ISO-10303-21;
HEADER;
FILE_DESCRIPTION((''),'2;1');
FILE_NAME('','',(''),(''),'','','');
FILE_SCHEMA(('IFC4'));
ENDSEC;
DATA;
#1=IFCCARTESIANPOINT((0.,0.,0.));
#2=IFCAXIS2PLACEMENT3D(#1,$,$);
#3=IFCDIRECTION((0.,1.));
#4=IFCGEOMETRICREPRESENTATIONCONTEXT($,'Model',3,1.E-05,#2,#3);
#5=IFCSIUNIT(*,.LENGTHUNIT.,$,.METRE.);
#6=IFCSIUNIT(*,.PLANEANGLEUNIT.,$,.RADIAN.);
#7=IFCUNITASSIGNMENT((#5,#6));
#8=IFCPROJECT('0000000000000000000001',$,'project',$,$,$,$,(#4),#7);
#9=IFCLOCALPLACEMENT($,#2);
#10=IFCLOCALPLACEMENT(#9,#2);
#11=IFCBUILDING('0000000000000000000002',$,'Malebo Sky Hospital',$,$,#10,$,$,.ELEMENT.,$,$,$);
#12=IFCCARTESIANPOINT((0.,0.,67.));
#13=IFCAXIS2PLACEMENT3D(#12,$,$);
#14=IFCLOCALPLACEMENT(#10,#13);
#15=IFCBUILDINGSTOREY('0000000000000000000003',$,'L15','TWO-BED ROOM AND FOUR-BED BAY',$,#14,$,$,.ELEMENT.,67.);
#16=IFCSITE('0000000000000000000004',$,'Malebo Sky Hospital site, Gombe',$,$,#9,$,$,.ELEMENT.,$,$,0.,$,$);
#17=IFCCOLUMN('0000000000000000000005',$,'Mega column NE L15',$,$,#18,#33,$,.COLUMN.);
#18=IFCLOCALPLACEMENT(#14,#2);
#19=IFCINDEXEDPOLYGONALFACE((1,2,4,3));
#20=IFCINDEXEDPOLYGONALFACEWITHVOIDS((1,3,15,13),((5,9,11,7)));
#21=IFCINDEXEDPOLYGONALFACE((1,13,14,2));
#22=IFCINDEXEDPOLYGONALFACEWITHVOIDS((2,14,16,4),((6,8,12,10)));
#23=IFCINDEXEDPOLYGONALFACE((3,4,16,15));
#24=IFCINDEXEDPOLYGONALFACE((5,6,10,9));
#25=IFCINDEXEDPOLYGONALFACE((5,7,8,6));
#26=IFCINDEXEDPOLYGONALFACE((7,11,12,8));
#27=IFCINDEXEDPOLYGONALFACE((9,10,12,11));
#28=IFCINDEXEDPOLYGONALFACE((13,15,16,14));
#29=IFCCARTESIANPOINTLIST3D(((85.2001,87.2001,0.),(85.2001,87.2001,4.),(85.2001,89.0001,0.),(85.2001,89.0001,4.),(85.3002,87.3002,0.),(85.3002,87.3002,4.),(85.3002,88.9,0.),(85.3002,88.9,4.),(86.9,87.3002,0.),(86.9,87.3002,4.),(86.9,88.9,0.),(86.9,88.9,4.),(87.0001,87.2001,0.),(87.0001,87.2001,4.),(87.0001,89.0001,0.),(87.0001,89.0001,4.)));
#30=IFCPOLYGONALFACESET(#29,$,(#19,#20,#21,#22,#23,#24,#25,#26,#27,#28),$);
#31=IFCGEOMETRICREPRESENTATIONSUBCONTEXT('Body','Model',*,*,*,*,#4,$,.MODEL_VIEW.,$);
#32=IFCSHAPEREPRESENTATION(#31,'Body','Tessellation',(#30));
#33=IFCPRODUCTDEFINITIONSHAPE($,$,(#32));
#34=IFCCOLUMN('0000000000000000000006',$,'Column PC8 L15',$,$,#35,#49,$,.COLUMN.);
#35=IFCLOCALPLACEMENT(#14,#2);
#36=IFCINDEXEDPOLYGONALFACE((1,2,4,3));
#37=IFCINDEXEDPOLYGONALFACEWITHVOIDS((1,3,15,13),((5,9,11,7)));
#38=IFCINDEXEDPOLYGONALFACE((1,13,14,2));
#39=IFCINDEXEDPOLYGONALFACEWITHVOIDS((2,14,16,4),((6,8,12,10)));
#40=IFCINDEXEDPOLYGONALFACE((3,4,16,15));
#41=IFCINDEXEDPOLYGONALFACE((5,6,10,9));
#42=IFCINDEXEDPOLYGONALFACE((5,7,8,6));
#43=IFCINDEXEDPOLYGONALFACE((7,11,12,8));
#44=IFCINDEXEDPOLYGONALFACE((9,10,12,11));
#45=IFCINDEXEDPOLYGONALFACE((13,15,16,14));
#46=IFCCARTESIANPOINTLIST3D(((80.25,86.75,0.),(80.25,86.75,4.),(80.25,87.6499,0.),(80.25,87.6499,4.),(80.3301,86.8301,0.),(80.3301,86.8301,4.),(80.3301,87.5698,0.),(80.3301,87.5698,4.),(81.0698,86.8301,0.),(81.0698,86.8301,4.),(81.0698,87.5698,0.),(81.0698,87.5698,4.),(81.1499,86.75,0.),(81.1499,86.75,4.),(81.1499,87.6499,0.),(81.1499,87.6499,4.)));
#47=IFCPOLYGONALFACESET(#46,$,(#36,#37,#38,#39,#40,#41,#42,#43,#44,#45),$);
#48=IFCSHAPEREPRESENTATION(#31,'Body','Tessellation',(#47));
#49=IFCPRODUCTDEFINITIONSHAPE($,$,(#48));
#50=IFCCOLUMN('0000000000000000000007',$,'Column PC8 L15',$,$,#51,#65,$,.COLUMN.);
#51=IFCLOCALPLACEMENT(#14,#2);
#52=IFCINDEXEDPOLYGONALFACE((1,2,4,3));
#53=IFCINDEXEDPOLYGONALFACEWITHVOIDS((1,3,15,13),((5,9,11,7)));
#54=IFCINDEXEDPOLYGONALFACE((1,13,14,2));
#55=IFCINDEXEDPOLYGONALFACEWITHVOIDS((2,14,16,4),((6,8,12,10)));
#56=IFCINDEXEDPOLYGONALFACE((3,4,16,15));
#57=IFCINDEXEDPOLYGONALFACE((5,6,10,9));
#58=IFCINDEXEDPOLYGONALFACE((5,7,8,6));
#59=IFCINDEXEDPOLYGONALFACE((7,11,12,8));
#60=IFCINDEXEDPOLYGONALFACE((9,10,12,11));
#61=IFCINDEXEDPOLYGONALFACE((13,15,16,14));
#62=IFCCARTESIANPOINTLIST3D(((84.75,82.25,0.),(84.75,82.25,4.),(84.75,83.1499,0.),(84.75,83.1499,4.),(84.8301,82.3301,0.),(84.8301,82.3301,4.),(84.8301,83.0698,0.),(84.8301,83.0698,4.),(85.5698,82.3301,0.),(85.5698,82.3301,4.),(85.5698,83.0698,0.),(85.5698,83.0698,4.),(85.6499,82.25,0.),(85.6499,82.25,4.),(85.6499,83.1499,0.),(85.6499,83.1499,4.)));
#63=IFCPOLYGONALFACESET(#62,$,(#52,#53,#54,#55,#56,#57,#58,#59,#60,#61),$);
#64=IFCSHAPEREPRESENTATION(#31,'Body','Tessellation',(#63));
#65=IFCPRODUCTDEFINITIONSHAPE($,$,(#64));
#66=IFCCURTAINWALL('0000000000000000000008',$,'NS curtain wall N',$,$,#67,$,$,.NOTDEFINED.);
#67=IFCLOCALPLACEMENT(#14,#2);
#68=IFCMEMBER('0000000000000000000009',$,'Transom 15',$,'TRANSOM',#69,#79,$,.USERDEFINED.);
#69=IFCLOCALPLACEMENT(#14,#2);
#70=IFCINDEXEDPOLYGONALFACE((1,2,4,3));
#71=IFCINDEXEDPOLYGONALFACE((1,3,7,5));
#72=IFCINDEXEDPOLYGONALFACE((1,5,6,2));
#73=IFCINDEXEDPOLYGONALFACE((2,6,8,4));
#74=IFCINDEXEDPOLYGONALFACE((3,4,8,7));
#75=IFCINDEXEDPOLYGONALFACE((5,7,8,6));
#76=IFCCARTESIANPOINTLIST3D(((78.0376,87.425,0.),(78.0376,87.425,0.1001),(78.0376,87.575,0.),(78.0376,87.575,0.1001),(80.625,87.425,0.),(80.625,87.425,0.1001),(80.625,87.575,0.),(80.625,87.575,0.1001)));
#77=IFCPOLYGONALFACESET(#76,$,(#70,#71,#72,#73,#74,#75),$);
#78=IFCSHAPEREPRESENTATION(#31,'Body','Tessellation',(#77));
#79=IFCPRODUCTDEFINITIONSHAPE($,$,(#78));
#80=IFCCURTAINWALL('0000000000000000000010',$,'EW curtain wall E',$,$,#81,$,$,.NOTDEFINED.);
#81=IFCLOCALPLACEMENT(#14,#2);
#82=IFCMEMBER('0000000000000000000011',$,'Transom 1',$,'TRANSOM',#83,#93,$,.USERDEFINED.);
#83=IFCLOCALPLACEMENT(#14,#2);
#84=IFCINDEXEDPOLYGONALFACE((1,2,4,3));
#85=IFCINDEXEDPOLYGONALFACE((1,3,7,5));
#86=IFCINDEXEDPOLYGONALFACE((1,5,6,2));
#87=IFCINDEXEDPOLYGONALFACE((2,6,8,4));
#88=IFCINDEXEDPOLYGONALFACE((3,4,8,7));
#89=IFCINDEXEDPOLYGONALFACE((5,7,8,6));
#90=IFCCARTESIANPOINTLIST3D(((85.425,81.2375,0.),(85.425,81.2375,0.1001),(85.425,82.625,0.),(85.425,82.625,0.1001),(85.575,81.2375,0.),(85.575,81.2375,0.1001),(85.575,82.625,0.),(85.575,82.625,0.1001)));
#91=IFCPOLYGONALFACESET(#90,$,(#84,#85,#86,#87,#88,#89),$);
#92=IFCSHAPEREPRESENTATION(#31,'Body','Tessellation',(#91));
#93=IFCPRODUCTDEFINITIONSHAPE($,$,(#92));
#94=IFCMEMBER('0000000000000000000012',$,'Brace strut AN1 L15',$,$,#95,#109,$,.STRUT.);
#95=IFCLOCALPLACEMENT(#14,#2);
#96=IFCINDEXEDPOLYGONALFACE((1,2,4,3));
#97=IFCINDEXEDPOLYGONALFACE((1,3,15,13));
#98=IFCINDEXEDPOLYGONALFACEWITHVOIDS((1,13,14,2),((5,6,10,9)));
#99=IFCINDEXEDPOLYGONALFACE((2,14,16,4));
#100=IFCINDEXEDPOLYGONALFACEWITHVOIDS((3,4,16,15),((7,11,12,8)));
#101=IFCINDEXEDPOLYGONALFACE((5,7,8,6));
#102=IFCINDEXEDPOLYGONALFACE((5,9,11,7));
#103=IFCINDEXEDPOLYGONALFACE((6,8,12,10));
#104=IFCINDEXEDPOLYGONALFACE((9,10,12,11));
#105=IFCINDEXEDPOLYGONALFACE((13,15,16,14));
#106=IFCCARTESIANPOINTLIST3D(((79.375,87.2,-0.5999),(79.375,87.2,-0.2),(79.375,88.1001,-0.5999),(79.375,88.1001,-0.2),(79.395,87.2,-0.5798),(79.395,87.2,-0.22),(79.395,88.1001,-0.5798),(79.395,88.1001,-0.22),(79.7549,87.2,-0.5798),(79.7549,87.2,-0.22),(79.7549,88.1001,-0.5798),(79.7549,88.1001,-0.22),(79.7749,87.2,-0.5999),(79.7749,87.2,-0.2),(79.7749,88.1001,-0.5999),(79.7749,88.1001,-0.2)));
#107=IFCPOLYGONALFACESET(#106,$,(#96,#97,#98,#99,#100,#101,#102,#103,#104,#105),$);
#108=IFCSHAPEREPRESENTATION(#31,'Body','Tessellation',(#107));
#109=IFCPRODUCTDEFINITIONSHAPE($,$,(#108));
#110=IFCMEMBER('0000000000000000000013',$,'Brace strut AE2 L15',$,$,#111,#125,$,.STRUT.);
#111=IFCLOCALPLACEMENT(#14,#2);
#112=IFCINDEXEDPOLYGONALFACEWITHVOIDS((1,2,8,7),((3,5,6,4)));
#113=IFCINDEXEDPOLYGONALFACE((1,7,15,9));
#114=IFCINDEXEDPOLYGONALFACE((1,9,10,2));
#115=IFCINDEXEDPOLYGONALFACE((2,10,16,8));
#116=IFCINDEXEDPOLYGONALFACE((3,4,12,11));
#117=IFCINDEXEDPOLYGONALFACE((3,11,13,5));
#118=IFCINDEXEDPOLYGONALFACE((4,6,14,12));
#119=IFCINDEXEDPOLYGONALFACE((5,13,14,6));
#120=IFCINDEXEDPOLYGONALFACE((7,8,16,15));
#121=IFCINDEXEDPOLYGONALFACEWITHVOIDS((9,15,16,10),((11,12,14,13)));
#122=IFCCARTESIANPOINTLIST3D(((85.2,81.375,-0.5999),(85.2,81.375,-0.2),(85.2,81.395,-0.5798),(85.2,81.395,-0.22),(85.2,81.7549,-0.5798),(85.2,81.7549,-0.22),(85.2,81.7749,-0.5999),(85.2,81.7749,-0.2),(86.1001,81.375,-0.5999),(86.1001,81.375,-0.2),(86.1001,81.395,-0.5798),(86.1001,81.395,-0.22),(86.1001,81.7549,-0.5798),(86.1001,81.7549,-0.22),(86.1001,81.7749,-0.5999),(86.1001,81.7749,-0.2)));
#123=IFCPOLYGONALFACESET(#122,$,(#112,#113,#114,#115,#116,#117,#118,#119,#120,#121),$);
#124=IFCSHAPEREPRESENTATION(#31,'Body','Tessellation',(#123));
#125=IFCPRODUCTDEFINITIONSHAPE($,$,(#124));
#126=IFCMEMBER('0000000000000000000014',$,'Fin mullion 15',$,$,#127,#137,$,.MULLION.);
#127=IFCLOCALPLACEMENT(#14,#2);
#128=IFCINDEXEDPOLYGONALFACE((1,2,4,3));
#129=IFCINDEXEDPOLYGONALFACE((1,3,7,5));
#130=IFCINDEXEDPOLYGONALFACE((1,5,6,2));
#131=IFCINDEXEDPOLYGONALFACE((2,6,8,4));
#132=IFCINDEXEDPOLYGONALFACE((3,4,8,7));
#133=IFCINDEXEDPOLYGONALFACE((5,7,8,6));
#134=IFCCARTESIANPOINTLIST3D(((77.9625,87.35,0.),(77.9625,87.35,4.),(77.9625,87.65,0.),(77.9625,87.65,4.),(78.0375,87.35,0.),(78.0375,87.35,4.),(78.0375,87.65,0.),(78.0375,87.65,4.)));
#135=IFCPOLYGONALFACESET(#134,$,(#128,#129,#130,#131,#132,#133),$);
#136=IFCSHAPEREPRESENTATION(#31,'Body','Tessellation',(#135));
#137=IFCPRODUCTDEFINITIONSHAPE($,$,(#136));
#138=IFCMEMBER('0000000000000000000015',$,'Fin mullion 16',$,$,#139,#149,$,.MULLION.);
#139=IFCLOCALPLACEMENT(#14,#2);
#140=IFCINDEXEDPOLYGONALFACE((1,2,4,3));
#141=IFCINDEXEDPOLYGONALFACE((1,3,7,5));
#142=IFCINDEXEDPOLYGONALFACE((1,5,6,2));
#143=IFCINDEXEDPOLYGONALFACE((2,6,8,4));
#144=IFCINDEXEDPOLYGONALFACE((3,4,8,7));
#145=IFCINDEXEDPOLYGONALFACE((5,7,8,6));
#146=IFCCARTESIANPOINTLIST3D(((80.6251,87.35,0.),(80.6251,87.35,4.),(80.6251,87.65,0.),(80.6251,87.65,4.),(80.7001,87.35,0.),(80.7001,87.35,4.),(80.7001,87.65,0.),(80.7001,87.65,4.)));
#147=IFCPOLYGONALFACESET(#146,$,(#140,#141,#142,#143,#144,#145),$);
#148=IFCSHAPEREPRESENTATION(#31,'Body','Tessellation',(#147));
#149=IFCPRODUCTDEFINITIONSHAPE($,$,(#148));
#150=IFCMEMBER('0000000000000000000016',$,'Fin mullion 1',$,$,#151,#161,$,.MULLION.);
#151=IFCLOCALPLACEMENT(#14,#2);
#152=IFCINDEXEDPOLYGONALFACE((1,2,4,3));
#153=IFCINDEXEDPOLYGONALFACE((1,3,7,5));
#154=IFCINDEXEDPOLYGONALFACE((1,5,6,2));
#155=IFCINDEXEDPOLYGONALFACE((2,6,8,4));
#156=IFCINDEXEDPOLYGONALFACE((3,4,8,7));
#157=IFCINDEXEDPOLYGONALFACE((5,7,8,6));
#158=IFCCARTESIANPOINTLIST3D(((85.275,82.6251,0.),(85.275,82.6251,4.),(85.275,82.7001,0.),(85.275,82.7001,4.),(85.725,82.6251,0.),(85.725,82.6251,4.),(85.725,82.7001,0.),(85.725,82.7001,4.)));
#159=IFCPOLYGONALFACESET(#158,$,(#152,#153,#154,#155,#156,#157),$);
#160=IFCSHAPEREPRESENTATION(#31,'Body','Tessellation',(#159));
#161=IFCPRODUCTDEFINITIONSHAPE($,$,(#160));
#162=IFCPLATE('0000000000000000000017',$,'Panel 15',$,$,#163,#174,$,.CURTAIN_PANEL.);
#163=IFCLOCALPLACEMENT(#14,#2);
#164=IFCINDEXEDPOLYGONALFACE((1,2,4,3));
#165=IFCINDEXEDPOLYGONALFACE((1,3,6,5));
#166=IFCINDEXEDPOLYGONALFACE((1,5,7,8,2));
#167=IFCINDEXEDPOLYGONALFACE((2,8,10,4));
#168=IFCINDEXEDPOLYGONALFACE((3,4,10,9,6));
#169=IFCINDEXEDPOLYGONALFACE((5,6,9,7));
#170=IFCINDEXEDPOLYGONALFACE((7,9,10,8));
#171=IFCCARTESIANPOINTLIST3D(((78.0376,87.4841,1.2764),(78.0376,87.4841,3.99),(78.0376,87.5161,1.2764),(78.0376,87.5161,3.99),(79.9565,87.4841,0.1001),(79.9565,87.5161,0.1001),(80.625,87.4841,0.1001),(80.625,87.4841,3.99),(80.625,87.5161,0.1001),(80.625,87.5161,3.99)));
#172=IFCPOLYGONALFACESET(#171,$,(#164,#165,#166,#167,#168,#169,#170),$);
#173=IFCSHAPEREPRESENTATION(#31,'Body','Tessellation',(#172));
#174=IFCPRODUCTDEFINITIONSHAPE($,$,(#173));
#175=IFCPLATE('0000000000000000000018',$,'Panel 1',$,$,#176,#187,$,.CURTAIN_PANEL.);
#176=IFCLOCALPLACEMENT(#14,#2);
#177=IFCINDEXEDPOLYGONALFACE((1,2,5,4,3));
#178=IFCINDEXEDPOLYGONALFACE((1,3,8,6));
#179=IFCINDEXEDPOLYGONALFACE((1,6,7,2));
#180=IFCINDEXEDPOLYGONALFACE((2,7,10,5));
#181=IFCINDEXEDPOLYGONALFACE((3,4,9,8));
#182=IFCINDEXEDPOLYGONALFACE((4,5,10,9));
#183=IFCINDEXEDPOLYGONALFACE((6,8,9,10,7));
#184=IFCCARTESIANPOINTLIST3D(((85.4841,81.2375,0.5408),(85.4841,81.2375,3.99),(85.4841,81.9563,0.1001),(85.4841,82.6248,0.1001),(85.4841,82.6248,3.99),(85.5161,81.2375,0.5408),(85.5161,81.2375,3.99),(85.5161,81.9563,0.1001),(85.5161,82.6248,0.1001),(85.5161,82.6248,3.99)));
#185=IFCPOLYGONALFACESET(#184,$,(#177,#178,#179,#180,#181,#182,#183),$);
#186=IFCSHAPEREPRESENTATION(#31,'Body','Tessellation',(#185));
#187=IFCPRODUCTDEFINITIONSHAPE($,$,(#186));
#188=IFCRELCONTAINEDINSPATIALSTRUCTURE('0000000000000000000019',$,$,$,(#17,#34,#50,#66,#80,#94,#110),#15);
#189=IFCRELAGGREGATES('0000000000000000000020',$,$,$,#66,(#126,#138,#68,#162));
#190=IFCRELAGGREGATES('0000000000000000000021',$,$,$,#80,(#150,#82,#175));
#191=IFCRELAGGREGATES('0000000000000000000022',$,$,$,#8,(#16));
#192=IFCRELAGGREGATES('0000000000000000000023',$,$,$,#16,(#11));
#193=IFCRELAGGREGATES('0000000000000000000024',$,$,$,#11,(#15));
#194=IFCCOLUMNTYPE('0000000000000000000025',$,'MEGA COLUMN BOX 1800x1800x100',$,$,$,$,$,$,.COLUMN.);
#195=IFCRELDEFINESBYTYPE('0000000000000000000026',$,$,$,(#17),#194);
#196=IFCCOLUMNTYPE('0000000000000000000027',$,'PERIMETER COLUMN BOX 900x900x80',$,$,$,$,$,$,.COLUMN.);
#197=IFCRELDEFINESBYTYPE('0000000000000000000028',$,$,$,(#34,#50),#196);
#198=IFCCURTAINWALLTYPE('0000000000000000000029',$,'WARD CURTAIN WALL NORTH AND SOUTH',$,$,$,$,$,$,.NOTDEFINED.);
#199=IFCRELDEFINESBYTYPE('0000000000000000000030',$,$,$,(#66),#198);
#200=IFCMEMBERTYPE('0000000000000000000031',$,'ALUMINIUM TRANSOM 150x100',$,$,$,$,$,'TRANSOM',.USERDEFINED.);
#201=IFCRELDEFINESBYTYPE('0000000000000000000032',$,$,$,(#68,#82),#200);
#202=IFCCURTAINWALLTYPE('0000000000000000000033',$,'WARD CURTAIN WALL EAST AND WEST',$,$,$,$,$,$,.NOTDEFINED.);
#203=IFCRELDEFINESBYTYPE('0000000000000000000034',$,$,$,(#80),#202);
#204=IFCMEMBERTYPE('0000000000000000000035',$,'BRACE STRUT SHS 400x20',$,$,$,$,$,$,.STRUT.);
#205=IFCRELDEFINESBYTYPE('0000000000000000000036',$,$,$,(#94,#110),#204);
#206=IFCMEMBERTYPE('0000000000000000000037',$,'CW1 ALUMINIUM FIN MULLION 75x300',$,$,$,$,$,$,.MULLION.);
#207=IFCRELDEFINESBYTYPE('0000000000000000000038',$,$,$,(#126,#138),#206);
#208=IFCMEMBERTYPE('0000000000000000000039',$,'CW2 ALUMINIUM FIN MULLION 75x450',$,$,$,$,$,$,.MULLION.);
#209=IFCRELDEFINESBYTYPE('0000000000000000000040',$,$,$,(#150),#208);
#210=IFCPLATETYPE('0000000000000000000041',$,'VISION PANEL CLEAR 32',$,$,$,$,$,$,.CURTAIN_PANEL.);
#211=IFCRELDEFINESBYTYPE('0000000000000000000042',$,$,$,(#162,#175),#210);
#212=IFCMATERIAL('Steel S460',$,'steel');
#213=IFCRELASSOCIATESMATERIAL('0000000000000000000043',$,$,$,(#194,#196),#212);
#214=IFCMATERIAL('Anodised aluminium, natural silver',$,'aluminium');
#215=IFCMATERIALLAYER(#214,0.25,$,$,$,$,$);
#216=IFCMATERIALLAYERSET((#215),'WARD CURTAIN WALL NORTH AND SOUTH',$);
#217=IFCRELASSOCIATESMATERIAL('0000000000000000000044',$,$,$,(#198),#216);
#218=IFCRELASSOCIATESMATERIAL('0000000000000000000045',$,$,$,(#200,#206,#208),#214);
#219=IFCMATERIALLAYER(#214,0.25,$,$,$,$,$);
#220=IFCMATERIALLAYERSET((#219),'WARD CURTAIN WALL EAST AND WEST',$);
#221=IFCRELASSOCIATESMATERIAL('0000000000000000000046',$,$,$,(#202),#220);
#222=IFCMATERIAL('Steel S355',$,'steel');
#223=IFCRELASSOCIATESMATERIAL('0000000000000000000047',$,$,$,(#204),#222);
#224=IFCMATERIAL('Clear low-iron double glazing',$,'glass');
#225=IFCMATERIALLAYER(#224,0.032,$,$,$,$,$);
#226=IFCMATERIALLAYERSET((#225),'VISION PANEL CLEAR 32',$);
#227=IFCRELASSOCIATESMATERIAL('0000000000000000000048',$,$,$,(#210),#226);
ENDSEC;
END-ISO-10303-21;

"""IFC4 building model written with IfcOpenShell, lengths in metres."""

from ifc_helpers import new_model, si_unit, direction, frame, origin, origin_2d, place, context, subcontext, project, spatial, polyline, rectangle, hollow_rectangle, outline, extrude, material, layer, layer_set, material_profile, profile_set, type_object, element, aggregate, save


model = new_model("IFC4")

# Units and contexts
model_context = context("Model", 3, precision=1e-05, world=origin(), true_north=direction((0.0, 1.0)))
body_context = subcontext(model_context, "Body", "Model", "MODEL_VIEW")
ifc_project = project(units=[si_unit("LENGTHUNIT", "METRE"), si_unit("PLANEANGLEUNIT", "RADIAN")], contexts=[model_context])

# Site, building, storey
site_placement = place(None, origin())
site = spatial("IfcSite", under=ifc_project, at=site_placement, Name="Malebo Sky Hospital site, Gombe", CompositionType="ELEMENT", RefElevation=0.0)
building_placement = place(site_placement, origin())
building = spatial("IfcBuilding", under=site, at=building_placement, Name="Malebo Sky Hospital", CompositionType="ELEMENT")
storey_placement = place(building_placement, frame((0.0, 0.0, 67.0)))
storey = spatial("IfcBuildingStorey", under=building, at=storey_placement, Name="L15", Description="TWO-BED ROOM AND FOUR-BED BAY", CompositionType="ELEMENT", Elevation=67.0)

# Columns
ifc_material_1 = material(Name="Steel S460", Category="steel")
ifc_material_profile_1 = material_profile(ifc_material_1, hollow_rectangle(XDim=1.8, YDim=1.8, WallThickness=0.1001, at=origin_2d()), Name="BOX 1800x1800x100")
ifc_profile_set_1 = profile_set([ifc_material_profile_1], Name="Steel S460")
column_type_1 = type_object("IfcColumnType", Name="MEGA COLUMN BOX 1800x1800x100", PredefinedType="COLUMN", material=ifc_profile_set_1)
column_placement = place(storey_placement, frame((86.1001, 88.1001, 0.0), z_axis=(0.0, 0.0, 1.0), x_axis=(1.0, 0.0, 0.0)))
element("IfcColumn", 1, at=column_placement, inside=storey, type_object=column_type_1, Name="Mega column NE L15", PredefinedType="COLUMN", context=body_context, shape_type="SweptSolid", body=[
    extrude(hollow_rectangle(XDim=1.8, YDim=1.8, WallThickness=0.1001, at=origin_2d()), origin(), (0.0, 0.0, 1.0), 4.0),
])
ifc_material_profile_2 = material_profile(ifc_material_1, hollow_rectangle(XDim=0.8999, YDim=0.8999, WallThickness=0.0801, at=origin_2d()), Name="BOX 900x900x80")
ifc_profile_set_2 = profile_set([ifc_material_profile_2], Name="Steel S460")
column_type_2 = type_object("IfcColumnType", Name="PERIMETER COLUMN BOX 900x900x80", PredefinedType="COLUMN", material=ifc_profile_set_2)
for number, where, z_axis, x_axis, name in (
    (2, (80.7, 87.2, 0.0), (0.0, 0.0, 1.0), (1.0, 0.0, 0.0), "Column PC8 L15"),
    (3, (85.2, 82.7, 0.0), (0.0, 0.0, 1.0), (1.0, 0.0, 0.0), "Column PC8 L15"),
):
    element("IfcColumn", number, at=place(storey_placement, frame(where, z_axis=z_axis, x_axis=x_axis)), inside=storey, type_object=column_type_2, Name=name, PredefinedType="COLUMN", context=body_context, shape_type="SweptSolid", body=[
        extrude(hollow_rectangle(XDim=0.8999, YDim=0.8999, WallThickness=0.0801, at=origin_2d()), origin(), (0.0, 0.0, 1.0), 4.0),
    ])

# Curtain walls, members
ifc_material_2 = material(Name="Anodised aluminium, natural silver", Category="aluminium")
ifc_layer_1 = layer(ifc_material_2, 0.25)
ifc_layer_set_1 = layer_set([ifc_layer_1], Name="WARD CURTAIN WALL NORTH AND SOUTH")
curtain_wall_type_1 = type_object("IfcCurtainWallType", Name="WARD CURTAIN WALL NORTH AND SOUTH", PredefinedType="NOTDEFINED", material=ifc_layer_set_1)
curtain_wall_1_placement = place(storey_placement, origin())
curtain_wall_1 = element("IfcCurtainWall", 4, at=curtain_wall_1_placement, inside=storey, type_object=curtain_wall_type_1, Name="NS curtain wall N", PredefinedType="NOTDEFINED")
ifc_material_profile_3 = material_profile(ifc_material_2, rectangle(XDim=0.1499, YDim=0.1001, at=origin_2d()), Name="ALUMINIUM TRANSOM 150x100")
ifc_profile_set_3 = profile_set([ifc_material_profile_3], Name="Anodised aluminium, natural silver")
member_type_1 = type_object("IfcMemberType", Name="ALUMINIUM TRANSOM 150x100", ElementType="TRANSOM", PredefinedType="USERDEFINED", material=ifc_profile_set_3)
member_1_placement = place(storey_placement, frame((78.0376, 87.5, 0.05), z_axis=(1.0, 0.0, 0.0), x_axis=(0.0, 1.0, 0.0)))
member_1 = element("IfcMember", 5, at=member_1_placement, type_object=member_type_1, Name="Transom 15", ObjectType="TRANSOM", PredefinedType="USERDEFINED", context=body_context, shape_type="SweptSolid", body=[
    extrude(rectangle(XDim=0.1499, YDim=0.1001, at=origin_2d()), origin(), (0.0, 0.0, 1.0), 2.5874),
])
ifc_layer_2 = layer(ifc_material_2, 0.25)
ifc_layer_set_2 = layer_set([ifc_layer_2], Name="WARD CURTAIN WALL EAST AND WEST")
curtain_wall_type_2 = type_object("IfcCurtainWallType", Name="WARD CURTAIN WALL EAST AND WEST", PredefinedType="NOTDEFINED", material=ifc_layer_set_2)
curtain_wall_2_placement = place(storey_placement, origin())
curtain_wall_2 = element("IfcCurtainWall", 6, at=curtain_wall_2_placement, inside=storey, type_object=curtain_wall_type_2, Name="EW curtain wall E", PredefinedType="NOTDEFINED")
member_2_placement = place(storey_placement, frame((85.5, 82.625, 0.05), z_axis=(0.0, -1.0, 0.0), x_axis=(1.0, 0.0, 0.0)))
member_2 = element("IfcMember", 7, at=member_2_placement, type_object=member_type_1, Name="Transom 1", ObjectType="TRANSOM", PredefinedType="USERDEFINED", context=body_context, shape_type="SweptSolid", body=[
    extrude(rectangle(XDim=0.1499, YDim=0.1001, at=origin_2d()), origin(), (0.0, 0.0, 1.0), 1.3875),
])

# Members
ifc_material_3 = material(Name="Steel S355", Category="steel")
ifc_material_profile_4 = material_profile(ifc_material_3, hollow_rectangle(XDim=0.3999, YDim=0.3999, WallThickness=0.02, at=origin_2d()), Name="SHS 400x20")
ifc_profile_set_4 = profile_set([ifc_material_profile_4], Name="Steel S355")
member_type_2 = type_object("IfcMemberType", Name="BRACE STRUT SHS 400x20", PredefinedType="STRUT", material=ifc_profile_set_4)
for number, where, z_axis, x_axis, name in (
    (8, (79.575, 88.1001, -0.3999), (0.0, -1.0, 0.0), (1.0, 0.0, 0.0), "Brace strut AN1 L15"),
    (9, (86.1001, 81.575, -0.3999), (-1.0, 0.0, 0.0), (0.0, -1.0, 0.0), "Brace strut AE2 L15"),
):
    element("IfcMember", number, at=place(storey_placement, frame(where, z_axis=z_axis, x_axis=x_axis)), inside=storey, type_object=member_type_2, Name=name, PredefinedType="STRUT", context=body_context, shape_type="SweptSolid", body=[
        extrude(hollow_rectangle(XDim=0.3999, YDim=0.3999, WallThickness=0.02, at=origin_2d()), origin(), (0.0, 0.0, 1.0), 0.9001),
    ])

# Members
ifc_material_profile_5 = material_profile(ifc_material_2, rectangle(XDim=0.075, YDim=0.3, at=origin_2d()), Name="CW1 ALUMINIUM FIN MULLION 75x300")
ifc_profile_set_5 = profile_set([ifc_material_profile_5], Name="Anodised aluminium, natural silver")
member_type_3 = type_object("IfcMemberType", Name="CW1 ALUMINIUM FIN MULLION 75x300", PredefinedType="MULLION", material=ifc_profile_set_5)
member_3_placement = place(storey_placement, frame((78.0, 87.5, 0.0), z_axis=(0.0, 0.0, 1.0), x_axis=(1.0, 0.0, 0.0)))
member_3 = element("IfcMember", 10, at=member_3_placement, type_object=member_type_3, Name="Fin mullion 15", PredefinedType="MULLION", context=body_context, shape_type="SweptSolid", body=[
    extrude(rectangle(XDim=0.075, YDim=0.3, at=origin_2d()), origin(), (0.0, 0.0, 1.0), 4.0),
])
member_4_placement = place(storey_placement, frame((80.6626, 87.5, 0.0), z_axis=(0.0, 0.0, 1.0), x_axis=(1.0, 0.0, 0.0)))
member_4 = element("IfcMember", 11, at=member_4_placement, type_object=member_type_3, Name="Fin mullion 16", PredefinedType="MULLION", context=body_context, shape_type="SweptSolid", body=[
    extrude(rectangle(XDim=0.075, YDim=0.3, at=origin_2d()), origin(), (0.0, 0.0, 1.0), 4.0),
])
ifc_material_profile_6 = material_profile(ifc_material_2, rectangle(XDim=0.075, YDim=0.45, at=origin_2d()), Name="CW2 ALUMINIUM FIN MULLION 75x450")
ifc_profile_set_6 = profile_set([ifc_material_profile_6], Name="Anodised aluminium, natural silver")
member_type_4 = type_object("IfcMemberType", Name="CW2 ALUMINIUM FIN MULLION 75x450", PredefinedType="MULLION", material=ifc_profile_set_6)
member_5_placement = place(storey_placement, frame((85.5, 82.6626, 0.0), z_axis=(0.0, 0.0, 1.0), x_axis=(0.0, -1.0, 0.0)))
member_5 = element("IfcMember", 12, at=member_5_placement, type_object=member_type_4, Name="Fin mullion 1", PredefinedType="MULLION", context=body_context, shape_type="SweptSolid", body=[
    extrude(rectangle(XDim=0.075, YDim=0.45, at=origin_2d()), origin(), (0.0, 0.0, 1.0), 4.0),
])

# Plates
ifc_material_4 = material(Name="Clear low-iron double glazing", Category="glass")
ifc_layer_3 = layer(ifc_material_4, 0.032)
ifc_layer_set_3 = layer_set([ifc_layer_3], Name="VISION PANEL CLEAR 32")
plate_type = type_object("IfcPlateType", Name="VISION PANEL CLEAR 32", PredefinedType="CURTAIN_PANEL", material=ifc_layer_set_3)
plate_1_placement = place(storey_placement, frame((79.3313, 87.5, 0.1001), z_axis=(0.0, 0.0, 1.0), x_axis=(1.0, 0.0, 0.0)))
plate_1 = element("IfcPlate", 13, at=plate_1_placement, type_object=plate_type, Name="Panel 15", PredefinedType="CURTAIN_PANEL", context=body_context, shape_type="SweptSolid", body=[
    extrude(outline(polyline([(0.6252, 0.0), (1.2937, 0.0), (1.2937, 3.8899), (-1.2937, 3.8899), (-1.2937, 1.1763), (0.6252, 0.0)])), frame((0.0, 0.0161, 0.0), z_axis=(0.0, -1.0, 0.0), x_axis=(1.0, 0.0, 0.0)), (0.0, 0.0, 1.0), 0.032),
])
aggregate(curtain_wall_1, [member_3, member_4, member_1, plate_1])
plate_2_placement = place(storey_placement, frame((85.5, 81.9312, 0.1001), z_axis=(0.0, 0.0, 1.0), x_axis=(0.0, -1.0, 0.0)))
plate_2 = element("IfcPlate", 14, at=plate_2_placement, type_object=plate_type, Name="Panel 1", PredefinedType="CURTAIN_PANEL", context=body_context, shape_type="SweptSolid", body=[
    extrude(outline(polyline([(-0.6936, 0.0), (-0.0251, 0.0), (0.6936, 0.4407), (0.6936, 3.8899), (-0.6936, 3.8899), (-0.6936, 0.0)])), frame((0.0, 0.0161, 0.0), z_axis=(0.0, -1.0, 0.0), x_axis=(1.0, 0.0, 0.0)), (0.0, 0.0, 1.0), 0.032),
])
aggregate(curtain_wall_2, [member_5, member_2, plate_2])

save(model, "model.ifc")
